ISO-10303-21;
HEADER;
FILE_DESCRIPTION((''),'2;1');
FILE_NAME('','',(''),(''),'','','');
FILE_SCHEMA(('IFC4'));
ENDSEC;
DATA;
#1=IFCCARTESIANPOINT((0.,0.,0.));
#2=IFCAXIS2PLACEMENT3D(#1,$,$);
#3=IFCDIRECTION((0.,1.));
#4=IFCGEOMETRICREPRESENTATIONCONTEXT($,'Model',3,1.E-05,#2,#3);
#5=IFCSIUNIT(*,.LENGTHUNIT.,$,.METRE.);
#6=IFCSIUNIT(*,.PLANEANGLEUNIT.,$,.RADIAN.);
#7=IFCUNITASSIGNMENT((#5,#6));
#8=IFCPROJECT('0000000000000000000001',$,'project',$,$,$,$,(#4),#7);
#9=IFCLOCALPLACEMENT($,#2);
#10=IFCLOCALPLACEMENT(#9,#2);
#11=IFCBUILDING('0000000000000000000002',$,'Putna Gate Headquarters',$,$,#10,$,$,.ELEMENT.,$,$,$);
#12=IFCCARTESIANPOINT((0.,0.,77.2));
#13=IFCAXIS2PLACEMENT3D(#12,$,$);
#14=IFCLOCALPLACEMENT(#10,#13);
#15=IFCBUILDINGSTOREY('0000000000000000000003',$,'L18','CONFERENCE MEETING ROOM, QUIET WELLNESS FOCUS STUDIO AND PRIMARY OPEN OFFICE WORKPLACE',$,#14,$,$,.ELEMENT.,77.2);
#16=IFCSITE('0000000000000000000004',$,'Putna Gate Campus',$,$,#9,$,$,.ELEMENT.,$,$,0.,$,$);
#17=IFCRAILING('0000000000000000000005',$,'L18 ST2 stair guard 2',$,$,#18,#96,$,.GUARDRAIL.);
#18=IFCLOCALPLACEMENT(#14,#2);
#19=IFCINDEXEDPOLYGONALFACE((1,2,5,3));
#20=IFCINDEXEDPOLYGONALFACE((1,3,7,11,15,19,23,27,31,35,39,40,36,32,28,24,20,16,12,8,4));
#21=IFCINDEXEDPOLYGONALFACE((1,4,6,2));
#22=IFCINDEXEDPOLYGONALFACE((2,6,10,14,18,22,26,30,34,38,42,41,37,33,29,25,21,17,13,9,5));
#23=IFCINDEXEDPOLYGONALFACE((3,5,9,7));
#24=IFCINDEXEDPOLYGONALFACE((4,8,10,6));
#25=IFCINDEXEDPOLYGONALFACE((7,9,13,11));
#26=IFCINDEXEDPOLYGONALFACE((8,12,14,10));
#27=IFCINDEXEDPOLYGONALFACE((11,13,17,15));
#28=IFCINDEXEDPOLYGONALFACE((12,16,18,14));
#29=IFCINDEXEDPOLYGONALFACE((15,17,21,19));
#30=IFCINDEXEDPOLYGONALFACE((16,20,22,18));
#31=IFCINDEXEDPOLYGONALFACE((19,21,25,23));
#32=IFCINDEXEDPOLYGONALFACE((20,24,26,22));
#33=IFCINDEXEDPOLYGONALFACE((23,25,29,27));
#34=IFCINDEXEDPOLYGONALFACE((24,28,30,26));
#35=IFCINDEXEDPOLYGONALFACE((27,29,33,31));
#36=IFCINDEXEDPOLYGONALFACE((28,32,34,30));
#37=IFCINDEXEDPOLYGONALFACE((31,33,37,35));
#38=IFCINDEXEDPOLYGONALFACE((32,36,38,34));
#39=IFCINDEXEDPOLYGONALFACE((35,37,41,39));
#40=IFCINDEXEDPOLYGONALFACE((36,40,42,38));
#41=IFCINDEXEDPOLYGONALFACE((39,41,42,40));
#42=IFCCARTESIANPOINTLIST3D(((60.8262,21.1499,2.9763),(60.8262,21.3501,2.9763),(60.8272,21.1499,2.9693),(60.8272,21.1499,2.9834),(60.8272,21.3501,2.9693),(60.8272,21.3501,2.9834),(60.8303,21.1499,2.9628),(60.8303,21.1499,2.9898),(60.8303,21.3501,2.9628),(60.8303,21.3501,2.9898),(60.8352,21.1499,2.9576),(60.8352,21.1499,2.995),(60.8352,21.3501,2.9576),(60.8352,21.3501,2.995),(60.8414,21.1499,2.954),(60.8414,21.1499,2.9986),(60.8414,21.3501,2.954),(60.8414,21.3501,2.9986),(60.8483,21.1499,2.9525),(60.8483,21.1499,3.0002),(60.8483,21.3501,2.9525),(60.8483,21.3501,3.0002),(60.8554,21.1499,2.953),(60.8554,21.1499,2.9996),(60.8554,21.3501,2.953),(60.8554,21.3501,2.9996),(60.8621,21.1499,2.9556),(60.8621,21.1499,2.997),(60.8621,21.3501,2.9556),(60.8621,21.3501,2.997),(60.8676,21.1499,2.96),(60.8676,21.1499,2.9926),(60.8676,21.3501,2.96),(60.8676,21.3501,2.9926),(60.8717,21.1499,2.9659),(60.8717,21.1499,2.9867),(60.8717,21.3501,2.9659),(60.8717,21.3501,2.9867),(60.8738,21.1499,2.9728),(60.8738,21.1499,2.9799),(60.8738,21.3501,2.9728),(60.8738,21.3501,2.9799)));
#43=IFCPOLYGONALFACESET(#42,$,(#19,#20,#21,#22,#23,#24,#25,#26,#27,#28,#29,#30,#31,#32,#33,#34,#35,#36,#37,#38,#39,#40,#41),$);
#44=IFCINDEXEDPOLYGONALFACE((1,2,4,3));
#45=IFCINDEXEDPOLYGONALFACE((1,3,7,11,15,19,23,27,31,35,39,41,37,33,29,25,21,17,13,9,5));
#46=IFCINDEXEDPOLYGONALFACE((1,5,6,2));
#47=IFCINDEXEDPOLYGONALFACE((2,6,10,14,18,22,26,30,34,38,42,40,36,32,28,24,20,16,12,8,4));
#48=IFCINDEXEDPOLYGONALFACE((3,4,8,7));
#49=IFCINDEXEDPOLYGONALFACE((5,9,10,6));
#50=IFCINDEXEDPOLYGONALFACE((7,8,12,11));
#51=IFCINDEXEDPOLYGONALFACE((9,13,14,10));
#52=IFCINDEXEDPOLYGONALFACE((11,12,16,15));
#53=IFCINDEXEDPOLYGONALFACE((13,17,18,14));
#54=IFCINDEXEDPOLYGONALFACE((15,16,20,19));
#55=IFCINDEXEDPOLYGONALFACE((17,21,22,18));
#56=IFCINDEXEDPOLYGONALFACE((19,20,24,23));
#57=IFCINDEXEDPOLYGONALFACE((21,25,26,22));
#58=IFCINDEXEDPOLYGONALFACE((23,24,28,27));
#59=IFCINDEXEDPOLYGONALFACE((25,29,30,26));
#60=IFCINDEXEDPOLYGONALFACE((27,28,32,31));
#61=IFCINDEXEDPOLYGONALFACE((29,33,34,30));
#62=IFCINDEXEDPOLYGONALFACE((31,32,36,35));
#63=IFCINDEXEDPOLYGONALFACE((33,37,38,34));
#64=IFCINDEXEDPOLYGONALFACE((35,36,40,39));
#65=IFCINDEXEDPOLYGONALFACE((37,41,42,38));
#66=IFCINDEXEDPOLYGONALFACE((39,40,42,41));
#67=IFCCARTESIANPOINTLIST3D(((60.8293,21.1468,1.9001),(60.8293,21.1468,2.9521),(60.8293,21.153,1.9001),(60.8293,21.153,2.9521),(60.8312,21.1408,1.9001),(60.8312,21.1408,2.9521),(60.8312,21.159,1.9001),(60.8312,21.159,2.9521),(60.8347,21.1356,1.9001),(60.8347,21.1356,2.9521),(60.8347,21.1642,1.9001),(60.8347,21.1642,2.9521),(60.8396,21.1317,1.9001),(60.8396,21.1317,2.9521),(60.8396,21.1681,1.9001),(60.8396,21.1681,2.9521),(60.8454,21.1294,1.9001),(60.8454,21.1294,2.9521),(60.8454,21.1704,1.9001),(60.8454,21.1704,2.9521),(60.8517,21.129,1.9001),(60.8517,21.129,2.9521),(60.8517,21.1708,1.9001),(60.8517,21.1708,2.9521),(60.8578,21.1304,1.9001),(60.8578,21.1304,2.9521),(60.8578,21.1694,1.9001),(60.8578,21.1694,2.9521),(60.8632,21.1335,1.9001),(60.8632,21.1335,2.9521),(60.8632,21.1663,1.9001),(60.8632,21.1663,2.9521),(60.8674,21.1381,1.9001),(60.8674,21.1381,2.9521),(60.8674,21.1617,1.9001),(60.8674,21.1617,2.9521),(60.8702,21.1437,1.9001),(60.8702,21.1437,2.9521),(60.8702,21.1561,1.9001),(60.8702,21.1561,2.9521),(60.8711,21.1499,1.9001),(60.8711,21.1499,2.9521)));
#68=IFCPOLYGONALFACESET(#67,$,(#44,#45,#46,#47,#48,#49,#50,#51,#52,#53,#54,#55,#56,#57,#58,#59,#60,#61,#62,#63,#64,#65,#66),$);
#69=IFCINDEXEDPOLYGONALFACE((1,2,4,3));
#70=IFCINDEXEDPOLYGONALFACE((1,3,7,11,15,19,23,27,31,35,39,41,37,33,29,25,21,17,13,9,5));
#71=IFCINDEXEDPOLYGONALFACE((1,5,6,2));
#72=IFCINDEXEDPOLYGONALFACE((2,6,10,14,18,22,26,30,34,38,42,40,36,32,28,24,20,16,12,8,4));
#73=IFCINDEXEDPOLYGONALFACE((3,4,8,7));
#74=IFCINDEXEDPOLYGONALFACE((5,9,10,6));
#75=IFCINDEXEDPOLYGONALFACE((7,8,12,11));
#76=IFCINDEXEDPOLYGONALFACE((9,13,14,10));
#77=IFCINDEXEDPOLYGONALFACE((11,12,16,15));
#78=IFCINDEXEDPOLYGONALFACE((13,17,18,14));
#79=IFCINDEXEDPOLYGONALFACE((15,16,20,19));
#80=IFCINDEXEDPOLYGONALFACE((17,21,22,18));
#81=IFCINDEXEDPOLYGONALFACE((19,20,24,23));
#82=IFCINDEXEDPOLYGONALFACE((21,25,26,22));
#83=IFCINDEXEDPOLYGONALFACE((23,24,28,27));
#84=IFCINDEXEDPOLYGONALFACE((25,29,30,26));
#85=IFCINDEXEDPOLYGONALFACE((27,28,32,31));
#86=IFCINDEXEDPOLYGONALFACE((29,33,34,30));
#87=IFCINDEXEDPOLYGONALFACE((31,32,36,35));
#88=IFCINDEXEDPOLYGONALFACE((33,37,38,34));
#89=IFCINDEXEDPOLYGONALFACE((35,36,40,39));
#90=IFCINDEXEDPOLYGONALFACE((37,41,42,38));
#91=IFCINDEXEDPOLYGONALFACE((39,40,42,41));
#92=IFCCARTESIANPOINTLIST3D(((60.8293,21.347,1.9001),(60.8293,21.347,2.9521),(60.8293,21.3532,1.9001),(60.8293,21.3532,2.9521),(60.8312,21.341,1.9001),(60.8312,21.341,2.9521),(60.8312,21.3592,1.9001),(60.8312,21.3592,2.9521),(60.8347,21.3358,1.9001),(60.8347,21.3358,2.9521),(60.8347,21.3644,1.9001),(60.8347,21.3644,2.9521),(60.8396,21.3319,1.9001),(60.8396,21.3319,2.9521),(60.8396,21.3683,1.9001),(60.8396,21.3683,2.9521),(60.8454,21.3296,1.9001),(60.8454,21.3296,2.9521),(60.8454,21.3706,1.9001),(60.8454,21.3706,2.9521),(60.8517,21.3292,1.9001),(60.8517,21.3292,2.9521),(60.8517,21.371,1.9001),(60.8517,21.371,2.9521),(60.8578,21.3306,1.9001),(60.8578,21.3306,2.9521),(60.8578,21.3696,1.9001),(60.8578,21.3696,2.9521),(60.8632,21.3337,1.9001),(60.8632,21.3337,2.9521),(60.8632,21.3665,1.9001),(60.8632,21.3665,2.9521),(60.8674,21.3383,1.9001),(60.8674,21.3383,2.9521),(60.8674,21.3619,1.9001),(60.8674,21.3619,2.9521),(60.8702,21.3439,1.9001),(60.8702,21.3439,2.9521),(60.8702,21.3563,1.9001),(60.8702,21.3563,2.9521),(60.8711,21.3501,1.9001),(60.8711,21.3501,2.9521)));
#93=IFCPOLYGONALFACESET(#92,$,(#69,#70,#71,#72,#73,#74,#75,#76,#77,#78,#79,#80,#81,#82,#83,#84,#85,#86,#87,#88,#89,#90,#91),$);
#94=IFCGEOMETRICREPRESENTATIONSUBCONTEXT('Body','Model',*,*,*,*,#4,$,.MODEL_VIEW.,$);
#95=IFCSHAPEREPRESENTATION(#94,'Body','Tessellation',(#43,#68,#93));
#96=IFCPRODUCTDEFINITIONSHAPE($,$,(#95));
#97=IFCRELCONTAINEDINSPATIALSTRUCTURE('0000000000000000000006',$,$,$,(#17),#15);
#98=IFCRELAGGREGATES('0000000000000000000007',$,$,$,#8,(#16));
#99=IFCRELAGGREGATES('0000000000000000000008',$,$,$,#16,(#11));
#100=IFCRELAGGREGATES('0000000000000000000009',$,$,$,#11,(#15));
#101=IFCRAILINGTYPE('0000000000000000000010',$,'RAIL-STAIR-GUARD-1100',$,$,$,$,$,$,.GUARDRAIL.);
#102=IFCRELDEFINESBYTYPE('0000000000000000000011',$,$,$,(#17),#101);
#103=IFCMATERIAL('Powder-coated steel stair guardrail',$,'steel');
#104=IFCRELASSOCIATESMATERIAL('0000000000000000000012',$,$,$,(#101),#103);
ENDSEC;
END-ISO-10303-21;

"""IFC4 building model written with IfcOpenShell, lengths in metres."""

from ifc_helpers import new_model, si_unit, direction, frame, origin, origin_2d, place, context, subcontext, project, spatial, circle, extrude, material, type_object, element, save


model = new_model("IFC4")

# Units and contexts
model_context = context("Model", 3, precision=1e-05, world=origin(), true_north=direction((0.0, 1.0)))
body_context = subcontext(model_context, "Body", "Model", "MODEL_VIEW")
ifc_project = project(units=[si_unit("LENGTHUNIT", "METRE"), si_unit("PLANEANGLEUNIT", "RADIAN")], contexts=[model_context])

# Site, building, storey
site_placement = place(None, origin())
site = spatial("IfcSite", under=ifc_project, at=site_placement, Name="Putna Gate Campus", CompositionType="ELEMENT", RefElevation=0.0)
building_placement = place(site_placement, origin())
building = spatial("IfcBuilding", under=site, at=building_placement, Name="Putna Gate Headquarters", CompositionType="ELEMENT")
storey_placement = place(building_placement, frame((0.0, 0.0, 77.2)))
storey = spatial("IfcBuildingStorey", under=building, at=storey_placement, Name="L18", Description="CONFERENCE MEETING ROOM, QUIET WELLNESS FOCUS STUDIO AND PRIMARY OPEN OFFICE WORKPLACE", CompositionType="ELEMENT", Elevation=77.2)

# Railing
ifc_material_1 = material(Name="Powder-coated steel stair guardrail", Category="steel")
railing_type_1 = type_object("IfcRailingType", Name="RAIL-STAIR-GUARD-1100", PredefinedType="GUARDRAIL", material=ifc_material_1)
railing_1_placement = place(storey_placement, frame((60.8501, 21.1499, 1.9001)))
element("IfcRailing", 1, at=railing_1_placement, inside=storey, type_object=railing_type_1, Name="L18 ST2 stair guard 2", PredefinedType="GUARDRAIL", context=body_context, shape_type="SweptSolid", body=[
    extrude(circle(Radius=0.0239, at=origin_2d()), frame((0.0, 0.0, 1.0762), z_axis=(0.0, 1.0, 0.0), x_axis=(-1.0, 0.0, 0.0)), (0.0, 0.0, 1.0), 0.2002),
    extrude(circle(Radius=0.021, at=origin_2d()), origin(), (0.0, 0.0, 1.0), 1.052),
    extrude(circle(Radius=0.021, at=origin_2d()), frame((0.0, 0.2002, 0.0)), (0.0, 0.0, 1.0), 1.052),
])

save(model, "model.ifc")
